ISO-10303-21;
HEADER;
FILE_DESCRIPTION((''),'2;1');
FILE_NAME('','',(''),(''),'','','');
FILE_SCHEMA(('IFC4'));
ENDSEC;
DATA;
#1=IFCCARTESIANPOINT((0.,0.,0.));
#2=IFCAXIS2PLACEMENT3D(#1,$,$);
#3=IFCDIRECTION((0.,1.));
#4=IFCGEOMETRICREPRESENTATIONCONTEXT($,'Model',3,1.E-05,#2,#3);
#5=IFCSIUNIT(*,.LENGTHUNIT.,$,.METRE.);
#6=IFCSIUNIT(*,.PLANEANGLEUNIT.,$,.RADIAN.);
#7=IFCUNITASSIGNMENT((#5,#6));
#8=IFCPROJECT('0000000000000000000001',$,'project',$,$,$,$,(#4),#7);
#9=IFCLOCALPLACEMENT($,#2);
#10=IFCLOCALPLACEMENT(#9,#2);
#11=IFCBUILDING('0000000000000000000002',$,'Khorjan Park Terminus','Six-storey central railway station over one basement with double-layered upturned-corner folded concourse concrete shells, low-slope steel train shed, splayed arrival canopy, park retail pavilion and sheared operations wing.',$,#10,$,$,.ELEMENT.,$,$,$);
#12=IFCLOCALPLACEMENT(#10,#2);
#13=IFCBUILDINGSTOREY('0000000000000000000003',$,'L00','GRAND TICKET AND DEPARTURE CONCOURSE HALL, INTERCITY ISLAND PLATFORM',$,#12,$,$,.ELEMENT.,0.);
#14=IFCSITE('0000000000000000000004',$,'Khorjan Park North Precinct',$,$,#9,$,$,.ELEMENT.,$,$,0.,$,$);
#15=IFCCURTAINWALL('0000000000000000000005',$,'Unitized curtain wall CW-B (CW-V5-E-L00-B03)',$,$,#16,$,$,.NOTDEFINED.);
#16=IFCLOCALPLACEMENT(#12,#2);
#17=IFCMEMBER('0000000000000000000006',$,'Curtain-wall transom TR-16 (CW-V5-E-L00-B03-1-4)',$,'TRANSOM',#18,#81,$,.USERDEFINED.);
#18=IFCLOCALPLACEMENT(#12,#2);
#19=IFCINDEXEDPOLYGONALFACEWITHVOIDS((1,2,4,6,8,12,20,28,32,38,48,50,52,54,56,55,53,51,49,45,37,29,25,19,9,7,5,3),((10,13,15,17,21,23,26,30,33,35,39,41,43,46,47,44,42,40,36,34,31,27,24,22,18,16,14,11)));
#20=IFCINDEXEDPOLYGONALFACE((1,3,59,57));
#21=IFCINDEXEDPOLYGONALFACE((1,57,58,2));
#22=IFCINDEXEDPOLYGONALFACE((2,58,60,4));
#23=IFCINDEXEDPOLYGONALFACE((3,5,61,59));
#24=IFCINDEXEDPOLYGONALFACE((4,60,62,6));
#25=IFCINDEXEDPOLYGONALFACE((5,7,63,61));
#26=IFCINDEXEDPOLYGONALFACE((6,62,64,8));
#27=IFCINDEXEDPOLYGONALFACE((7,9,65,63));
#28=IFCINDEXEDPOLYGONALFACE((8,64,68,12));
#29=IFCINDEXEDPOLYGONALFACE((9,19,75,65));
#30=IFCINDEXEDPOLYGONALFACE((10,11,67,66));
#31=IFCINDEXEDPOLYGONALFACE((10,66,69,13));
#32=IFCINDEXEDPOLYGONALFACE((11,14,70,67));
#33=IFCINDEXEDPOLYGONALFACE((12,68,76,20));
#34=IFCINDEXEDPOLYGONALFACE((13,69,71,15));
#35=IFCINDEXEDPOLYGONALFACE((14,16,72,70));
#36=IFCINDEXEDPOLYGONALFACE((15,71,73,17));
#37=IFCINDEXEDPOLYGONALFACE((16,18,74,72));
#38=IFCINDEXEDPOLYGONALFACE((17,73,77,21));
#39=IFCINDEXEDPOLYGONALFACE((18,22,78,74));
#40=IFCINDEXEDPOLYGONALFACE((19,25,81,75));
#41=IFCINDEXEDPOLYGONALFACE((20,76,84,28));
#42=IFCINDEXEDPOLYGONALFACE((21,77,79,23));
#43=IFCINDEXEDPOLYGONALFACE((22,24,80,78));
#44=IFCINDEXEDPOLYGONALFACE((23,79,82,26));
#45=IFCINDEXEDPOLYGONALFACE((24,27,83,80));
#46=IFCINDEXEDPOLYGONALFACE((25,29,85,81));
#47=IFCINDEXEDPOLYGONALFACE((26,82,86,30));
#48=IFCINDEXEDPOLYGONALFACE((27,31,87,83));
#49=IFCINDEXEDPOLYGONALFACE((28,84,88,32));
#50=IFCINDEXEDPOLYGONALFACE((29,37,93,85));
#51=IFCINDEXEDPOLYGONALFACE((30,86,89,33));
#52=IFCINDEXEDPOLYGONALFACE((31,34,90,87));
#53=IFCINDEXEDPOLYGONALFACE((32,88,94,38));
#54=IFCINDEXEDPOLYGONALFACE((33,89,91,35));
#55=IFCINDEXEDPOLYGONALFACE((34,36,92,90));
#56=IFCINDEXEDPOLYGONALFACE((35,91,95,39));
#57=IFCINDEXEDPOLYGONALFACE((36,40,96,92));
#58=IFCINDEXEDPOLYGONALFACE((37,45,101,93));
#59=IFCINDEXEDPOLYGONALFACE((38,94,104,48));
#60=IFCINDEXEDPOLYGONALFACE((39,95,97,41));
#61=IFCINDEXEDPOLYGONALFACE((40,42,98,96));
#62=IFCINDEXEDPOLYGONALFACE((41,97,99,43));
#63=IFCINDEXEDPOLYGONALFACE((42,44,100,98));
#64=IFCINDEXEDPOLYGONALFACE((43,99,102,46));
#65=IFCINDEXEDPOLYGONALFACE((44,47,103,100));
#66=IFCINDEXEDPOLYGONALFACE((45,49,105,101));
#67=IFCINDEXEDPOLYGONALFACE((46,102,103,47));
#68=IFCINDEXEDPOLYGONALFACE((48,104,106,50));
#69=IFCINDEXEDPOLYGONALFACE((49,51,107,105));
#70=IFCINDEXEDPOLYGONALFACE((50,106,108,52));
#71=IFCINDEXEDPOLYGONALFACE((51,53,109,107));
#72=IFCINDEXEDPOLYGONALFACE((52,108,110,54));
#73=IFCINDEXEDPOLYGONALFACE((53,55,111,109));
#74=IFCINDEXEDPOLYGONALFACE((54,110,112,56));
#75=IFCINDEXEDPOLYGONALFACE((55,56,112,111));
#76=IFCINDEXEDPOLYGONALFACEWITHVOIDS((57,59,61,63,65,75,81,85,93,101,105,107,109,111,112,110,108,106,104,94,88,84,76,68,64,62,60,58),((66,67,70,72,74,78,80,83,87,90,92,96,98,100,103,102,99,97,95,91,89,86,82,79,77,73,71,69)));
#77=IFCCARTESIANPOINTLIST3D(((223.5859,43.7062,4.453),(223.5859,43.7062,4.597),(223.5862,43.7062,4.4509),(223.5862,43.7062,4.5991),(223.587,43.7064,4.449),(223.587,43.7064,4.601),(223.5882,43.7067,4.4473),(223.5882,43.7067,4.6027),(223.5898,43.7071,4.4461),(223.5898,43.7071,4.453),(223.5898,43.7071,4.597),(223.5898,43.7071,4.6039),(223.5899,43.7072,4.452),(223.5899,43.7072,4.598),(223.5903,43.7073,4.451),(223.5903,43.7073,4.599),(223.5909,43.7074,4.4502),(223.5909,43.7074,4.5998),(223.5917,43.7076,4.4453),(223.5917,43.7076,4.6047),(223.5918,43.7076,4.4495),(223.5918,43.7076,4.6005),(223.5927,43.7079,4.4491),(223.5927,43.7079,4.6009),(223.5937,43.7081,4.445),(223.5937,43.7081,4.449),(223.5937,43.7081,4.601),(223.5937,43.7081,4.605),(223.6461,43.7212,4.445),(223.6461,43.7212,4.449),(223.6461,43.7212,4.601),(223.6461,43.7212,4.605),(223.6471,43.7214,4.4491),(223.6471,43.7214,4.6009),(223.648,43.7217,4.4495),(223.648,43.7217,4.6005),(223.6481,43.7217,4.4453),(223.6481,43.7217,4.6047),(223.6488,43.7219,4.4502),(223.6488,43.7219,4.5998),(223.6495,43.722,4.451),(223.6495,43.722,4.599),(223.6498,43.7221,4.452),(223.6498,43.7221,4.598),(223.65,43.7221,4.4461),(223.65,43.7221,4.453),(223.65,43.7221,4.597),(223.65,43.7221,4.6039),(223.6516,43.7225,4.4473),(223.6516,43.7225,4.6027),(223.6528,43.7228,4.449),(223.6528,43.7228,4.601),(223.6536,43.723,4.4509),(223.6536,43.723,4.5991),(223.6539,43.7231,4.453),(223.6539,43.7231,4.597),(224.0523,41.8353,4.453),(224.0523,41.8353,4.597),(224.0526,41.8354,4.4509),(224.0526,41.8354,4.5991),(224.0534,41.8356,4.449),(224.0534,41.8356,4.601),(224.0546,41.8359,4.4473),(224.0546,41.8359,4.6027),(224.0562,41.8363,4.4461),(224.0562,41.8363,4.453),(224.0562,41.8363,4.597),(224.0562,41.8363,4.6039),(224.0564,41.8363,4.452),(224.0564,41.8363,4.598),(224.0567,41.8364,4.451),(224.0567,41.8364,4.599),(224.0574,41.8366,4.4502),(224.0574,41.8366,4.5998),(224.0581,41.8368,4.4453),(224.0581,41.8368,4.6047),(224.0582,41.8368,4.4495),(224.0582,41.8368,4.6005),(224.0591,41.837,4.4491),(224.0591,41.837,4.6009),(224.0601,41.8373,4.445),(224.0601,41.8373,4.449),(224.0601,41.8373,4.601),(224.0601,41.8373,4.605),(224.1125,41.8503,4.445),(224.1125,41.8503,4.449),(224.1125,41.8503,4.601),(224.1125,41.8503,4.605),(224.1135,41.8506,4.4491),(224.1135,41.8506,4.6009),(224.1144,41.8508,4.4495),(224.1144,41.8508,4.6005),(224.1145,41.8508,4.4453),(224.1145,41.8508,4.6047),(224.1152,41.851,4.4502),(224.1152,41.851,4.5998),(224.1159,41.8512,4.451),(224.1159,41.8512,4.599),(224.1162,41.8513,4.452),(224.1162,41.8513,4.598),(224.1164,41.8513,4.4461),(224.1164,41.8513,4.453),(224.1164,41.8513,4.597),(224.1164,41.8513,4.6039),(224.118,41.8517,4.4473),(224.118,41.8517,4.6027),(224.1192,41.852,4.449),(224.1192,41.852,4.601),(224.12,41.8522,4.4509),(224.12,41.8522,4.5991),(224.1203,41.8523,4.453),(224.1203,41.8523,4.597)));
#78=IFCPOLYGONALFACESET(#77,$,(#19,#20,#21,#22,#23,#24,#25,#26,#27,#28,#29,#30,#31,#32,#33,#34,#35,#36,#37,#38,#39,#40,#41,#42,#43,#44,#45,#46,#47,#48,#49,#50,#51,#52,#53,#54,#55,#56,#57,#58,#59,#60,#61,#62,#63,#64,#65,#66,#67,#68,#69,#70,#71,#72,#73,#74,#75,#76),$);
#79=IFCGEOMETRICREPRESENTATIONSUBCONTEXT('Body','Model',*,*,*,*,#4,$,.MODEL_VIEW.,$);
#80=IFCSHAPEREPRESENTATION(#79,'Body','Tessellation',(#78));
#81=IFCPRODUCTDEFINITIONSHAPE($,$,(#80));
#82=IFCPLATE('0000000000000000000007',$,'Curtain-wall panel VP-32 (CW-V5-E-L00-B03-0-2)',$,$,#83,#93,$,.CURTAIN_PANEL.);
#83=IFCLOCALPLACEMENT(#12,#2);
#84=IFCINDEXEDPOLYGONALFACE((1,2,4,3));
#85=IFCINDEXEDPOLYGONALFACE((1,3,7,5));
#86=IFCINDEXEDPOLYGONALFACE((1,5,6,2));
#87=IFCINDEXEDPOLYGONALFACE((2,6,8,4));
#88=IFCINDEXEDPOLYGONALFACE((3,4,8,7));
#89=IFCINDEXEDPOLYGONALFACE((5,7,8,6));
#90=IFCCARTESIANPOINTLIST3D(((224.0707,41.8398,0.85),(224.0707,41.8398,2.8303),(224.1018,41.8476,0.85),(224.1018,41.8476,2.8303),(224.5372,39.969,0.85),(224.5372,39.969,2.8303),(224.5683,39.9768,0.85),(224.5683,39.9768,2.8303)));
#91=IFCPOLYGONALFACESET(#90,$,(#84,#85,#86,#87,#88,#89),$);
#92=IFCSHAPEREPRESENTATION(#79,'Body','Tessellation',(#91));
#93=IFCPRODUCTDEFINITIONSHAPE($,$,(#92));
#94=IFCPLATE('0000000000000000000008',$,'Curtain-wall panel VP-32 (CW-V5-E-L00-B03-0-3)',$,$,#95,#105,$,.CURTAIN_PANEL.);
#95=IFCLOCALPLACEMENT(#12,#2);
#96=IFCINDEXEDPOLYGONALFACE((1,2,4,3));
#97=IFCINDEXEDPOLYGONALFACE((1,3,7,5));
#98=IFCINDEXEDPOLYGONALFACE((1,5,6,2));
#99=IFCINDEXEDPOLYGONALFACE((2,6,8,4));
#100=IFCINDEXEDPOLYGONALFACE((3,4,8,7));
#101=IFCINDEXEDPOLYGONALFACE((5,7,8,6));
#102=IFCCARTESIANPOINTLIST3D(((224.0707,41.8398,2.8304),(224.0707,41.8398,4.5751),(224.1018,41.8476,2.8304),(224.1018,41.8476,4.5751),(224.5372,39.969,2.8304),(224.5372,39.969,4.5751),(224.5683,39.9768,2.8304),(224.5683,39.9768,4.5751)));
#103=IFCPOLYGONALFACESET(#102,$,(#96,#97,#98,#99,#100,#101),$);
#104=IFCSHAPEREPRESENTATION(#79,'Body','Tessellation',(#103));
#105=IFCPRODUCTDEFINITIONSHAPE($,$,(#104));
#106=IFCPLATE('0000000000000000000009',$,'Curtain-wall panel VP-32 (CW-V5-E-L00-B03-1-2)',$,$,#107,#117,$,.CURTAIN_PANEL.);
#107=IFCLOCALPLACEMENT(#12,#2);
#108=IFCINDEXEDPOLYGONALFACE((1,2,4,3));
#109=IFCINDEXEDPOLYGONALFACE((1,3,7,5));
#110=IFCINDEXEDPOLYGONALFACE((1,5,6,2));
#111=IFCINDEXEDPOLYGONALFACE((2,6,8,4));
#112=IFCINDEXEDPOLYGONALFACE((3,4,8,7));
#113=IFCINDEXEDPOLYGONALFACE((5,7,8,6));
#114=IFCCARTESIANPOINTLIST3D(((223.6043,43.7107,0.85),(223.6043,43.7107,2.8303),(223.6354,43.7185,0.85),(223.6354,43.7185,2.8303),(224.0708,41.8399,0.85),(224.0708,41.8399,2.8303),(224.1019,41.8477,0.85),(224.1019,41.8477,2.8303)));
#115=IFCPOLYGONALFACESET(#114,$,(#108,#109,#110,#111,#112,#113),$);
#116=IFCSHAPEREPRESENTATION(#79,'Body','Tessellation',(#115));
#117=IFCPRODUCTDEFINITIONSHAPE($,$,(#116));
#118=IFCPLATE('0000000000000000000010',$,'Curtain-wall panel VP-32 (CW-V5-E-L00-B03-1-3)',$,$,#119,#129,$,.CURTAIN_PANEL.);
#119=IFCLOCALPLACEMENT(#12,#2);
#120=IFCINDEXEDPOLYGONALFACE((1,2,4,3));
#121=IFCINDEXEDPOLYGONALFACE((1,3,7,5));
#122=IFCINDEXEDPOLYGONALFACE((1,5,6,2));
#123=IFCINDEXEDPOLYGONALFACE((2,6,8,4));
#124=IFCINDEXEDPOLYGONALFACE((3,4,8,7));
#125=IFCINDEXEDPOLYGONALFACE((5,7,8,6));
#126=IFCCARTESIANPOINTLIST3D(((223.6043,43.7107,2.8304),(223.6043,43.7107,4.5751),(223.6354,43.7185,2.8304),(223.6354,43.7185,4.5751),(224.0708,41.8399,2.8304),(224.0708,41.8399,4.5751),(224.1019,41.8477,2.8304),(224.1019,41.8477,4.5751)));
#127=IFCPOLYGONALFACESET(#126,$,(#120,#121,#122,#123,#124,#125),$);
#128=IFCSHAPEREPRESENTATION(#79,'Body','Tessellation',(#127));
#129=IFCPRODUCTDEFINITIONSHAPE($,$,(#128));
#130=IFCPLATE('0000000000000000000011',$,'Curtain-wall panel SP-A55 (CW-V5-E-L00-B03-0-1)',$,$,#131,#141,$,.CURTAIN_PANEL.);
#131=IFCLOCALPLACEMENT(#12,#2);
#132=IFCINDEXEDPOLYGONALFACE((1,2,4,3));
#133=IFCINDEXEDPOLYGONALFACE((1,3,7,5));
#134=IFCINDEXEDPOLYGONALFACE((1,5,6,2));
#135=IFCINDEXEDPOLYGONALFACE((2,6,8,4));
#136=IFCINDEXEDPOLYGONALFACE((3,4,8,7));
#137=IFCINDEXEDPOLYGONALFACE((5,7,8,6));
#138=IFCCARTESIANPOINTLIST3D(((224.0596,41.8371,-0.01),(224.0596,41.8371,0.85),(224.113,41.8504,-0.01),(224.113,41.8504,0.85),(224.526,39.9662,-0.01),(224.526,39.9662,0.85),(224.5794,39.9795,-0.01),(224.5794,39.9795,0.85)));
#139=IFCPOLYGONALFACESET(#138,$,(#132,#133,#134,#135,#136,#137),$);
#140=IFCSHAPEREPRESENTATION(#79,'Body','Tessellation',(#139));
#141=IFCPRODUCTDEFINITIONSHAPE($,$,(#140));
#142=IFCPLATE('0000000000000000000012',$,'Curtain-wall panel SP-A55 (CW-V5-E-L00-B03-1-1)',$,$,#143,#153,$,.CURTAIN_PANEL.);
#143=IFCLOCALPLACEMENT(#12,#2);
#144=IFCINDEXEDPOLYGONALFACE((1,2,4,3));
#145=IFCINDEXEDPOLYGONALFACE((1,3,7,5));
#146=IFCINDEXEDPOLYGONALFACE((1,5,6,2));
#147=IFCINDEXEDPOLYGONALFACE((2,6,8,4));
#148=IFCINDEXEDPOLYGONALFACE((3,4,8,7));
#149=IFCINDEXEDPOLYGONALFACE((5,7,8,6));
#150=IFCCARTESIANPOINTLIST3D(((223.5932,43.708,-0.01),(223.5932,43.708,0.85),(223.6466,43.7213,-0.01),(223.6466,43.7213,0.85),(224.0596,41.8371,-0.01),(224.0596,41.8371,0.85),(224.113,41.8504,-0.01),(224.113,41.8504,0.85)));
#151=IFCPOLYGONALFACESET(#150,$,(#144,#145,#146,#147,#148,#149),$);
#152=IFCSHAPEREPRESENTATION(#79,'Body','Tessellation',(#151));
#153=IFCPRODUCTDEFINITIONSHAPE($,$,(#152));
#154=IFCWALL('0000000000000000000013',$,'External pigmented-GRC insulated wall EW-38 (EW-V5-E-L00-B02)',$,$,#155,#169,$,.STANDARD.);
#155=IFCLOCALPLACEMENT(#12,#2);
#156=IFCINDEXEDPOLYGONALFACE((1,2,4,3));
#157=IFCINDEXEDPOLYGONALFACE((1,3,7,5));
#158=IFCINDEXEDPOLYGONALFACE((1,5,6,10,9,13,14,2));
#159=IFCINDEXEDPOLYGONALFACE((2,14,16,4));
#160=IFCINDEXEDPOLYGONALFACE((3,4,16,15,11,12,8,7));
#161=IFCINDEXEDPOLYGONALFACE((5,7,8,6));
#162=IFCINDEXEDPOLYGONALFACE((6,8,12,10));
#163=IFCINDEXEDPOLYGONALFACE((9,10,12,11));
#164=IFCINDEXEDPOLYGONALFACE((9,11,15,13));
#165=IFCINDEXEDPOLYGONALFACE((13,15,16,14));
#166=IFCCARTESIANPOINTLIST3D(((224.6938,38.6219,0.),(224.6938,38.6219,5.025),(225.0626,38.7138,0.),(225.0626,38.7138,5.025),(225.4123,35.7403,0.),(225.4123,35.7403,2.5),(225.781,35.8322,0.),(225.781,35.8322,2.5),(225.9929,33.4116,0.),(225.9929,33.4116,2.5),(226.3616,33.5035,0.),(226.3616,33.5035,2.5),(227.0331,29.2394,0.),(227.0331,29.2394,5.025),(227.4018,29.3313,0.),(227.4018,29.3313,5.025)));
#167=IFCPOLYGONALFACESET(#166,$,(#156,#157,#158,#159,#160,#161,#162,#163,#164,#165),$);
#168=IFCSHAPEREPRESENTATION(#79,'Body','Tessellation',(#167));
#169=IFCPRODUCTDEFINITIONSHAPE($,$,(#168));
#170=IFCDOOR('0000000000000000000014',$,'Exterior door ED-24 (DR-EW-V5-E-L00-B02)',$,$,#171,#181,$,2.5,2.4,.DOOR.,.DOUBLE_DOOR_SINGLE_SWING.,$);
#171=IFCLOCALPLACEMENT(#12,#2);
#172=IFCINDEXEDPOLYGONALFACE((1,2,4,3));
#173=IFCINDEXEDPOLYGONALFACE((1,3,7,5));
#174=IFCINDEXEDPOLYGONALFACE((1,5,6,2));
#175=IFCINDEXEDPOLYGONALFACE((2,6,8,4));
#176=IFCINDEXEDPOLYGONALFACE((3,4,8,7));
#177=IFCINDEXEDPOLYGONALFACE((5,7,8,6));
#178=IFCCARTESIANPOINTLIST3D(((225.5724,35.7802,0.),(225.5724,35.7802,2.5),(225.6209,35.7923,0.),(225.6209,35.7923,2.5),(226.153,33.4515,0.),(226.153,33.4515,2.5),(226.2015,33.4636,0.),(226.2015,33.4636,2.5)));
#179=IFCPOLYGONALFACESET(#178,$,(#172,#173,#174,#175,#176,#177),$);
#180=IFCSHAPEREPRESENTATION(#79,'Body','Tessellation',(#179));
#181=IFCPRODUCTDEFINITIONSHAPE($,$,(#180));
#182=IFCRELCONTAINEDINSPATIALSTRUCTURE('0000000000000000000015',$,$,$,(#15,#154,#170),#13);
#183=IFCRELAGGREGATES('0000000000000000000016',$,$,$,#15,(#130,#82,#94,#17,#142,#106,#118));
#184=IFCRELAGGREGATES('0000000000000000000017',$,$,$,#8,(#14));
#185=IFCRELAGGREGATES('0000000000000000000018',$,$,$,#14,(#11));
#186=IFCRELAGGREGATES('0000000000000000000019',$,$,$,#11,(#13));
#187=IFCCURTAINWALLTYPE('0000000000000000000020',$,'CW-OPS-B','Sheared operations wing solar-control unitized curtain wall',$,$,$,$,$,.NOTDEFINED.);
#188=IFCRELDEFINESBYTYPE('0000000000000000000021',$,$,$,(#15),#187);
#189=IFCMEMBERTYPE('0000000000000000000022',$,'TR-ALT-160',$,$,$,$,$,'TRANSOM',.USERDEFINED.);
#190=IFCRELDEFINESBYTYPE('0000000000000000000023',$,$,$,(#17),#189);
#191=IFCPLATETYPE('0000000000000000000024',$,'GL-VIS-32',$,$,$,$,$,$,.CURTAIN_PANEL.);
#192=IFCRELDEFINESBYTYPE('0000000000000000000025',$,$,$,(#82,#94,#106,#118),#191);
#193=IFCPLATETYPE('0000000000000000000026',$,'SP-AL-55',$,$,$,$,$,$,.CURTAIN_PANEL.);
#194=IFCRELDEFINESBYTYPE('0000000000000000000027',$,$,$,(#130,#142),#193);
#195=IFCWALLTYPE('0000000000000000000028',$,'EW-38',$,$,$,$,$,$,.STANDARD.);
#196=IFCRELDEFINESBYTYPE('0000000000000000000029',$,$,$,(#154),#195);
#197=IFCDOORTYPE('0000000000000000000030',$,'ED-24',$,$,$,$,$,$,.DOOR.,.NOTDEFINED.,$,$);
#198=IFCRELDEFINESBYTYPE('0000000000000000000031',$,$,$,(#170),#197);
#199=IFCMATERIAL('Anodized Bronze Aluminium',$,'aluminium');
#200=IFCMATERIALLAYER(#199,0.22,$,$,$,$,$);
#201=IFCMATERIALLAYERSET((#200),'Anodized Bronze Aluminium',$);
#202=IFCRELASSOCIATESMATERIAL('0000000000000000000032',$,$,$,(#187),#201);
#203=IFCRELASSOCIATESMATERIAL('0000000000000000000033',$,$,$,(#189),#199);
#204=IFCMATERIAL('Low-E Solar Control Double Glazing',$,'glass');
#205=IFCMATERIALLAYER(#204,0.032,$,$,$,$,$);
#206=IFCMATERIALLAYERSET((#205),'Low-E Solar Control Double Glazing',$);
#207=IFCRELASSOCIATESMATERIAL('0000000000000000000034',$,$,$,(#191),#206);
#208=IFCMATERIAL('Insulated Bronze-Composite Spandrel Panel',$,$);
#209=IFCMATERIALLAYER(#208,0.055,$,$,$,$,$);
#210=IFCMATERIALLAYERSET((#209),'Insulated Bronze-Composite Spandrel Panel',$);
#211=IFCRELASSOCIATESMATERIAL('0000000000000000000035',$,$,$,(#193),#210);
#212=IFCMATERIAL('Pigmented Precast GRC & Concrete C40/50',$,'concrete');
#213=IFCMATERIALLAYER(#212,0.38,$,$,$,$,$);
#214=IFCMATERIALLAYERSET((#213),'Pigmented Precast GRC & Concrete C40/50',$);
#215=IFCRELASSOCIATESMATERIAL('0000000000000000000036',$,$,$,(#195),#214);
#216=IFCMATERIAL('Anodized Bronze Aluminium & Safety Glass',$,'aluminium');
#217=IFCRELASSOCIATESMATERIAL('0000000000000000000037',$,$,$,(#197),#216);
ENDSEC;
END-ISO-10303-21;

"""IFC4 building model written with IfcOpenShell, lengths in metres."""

from ifc_helpers import new_model, si_unit, direction, frame, frame_2d, origin, origin_2d, place, context, subcontext, project, spatial, rectangle, hollow_rectangle, extrude, material, layer, layer_set, material_profile, profile_set, type_object, element, fill, aggregate, save


model = new_model("IFC4")

# Units and contexts
model_context = context("Model", 3, precision=1e-05, world=origin(), true_north=direction((0.0, 1.0)))
body_context = subcontext(model_context, "Body", "Model", "MODEL_VIEW")
ifc_project = project(units=[si_unit("LENGTHUNIT", "METRE"), si_unit("PLANEANGLEUNIT", "RADIAN")], contexts=[model_context])

# Site, building, storey
site_placement = place(None, origin())
site = spatial("IfcSite", under=ifc_project, at=site_placement, Name="Khorjan Park North Precinct", CompositionType="ELEMENT", RefElevation=0.0)
building_placement = place(site_placement, origin())
building = spatial("IfcBuilding", under=site, at=building_placement, Name="Khorjan Park Terminus", Description="Six-storey central railway station over one basement with double-layered upturned-corner folded concourse concrete shells, low-slope steel train shed, splayed arrival canopy, park retail pavilion and sheared operations wing.", CompositionType="ELEMENT")
storey_placement = place(building_placement, origin())
storey = spatial("IfcBuildingStorey", under=building, at=storey_placement, Name="L00", Description="GRAND TICKET AND DEPARTURE CONCOURSE HALL, INTERCITY ISLAND PLATFORM", CompositionType="ELEMENT", Elevation=0.0)

# Curtain wall, member, plates
ifc_material_1 = material(Name="Anodized Bronze Aluminium", Category="aluminium")
ifc_layer_1 = layer(ifc_material_1, 0.22)
ifc_layer_set_1 = layer_set([ifc_layer_1], Name="Anodized Bronze Aluminium")
curtain_wall_type = type_object("IfcCurtainWallType", Name="CW-OPS-B", Description="Sheared operations wing solar-control unitized curtain wall", PredefinedType="NOTDEFINED", material=ifc_layer_set_1)
curtain_wall_placement = place(storey_placement, origin())
curtain_wall = element("IfcCurtainWall", 1, at=curtain_wall_placement, inside=storey, type_object=curtain_wall_type, Name="Unitized curtain wall CW-B (CW-V5-E-L00-B03)", PredefinedType="NOTDEFINED")
ifc_material_profile_1 = material_profile(ifc_material_1, hollow_rectangle(XDim=0.07, YDim=0.16, WallThickness=0.004, InnerFilletRadius=0.004, OuterFilletRadius=0.008, at=origin_2d()), Name="ALT 70x160x4")
ifc_profile_set_1 = profile_set([ifc_material_profile_1], Name="Anodized Bronze Aluminium")
member_type_1 = type_object("IfcMemberType", Name="TR-ALT-160", ElementType="TRANSOM", PredefinedType="USERDEFINED", material=ifc_profile_set_1)
member_1_placement = place(storey_placement, frame((224.0863, 41.8438, 4.525), z_axis=(-0.241901, 0.970301, 0.0), x_axis=(-0.970301, -0.241901, 0.0)))
member_1 = element("IfcMember", 2, at=member_1_placement, type_object=member_type_1, Name="Curtain-wall transom TR-16 (CW-V5-E-L00-B03-1-4)", ObjectType="TRANSOM", PredefinedType="USERDEFINED", context=body_context, shape_type="SweptSolid", body=[
    extrude(hollow_rectangle(XDim=0.07, YDim=0.16, WallThickness=0.004, InnerFilletRadius=0.004, OuterFilletRadius=0.008, at=origin_2d()), origin(), (0.0, 0.0, 1.0), 1.9281),
])
ifc_material_2 = material(Name="Low-E Solar Control Double Glazing", Category="glass")
ifc_layer_2 = layer(ifc_material_2, 0.032)
ifc_layer_set_2 = layer_set([ifc_layer_2], Name="Low-E Solar Control Double Glazing")
plate_type_1 = type_object("IfcPlateType", Name="GL-VIS-32", PredefinedType="CURTAIN_PANEL", material=ifc_layer_set_2)
plate_1_placement = place(storey_placement, frame((224.3195, 40.9083, 0.85), z_axis=(0.0, 0.0, 1.0), x_axis=(-0.241923, 0.970295, 0.0)))
plate_1 = element("IfcPlate", 3, at=plate_1_placement, type_object=plate_type_1, Name="Curtain-wall panel VP-32 (CW-V5-E-L00-B03-0-2)", PredefinedType="CURTAIN_PANEL", context=body_context, shape_type="SweptSolid", body=[
    extrude(rectangle(XDim=1.9281, YDim=0.032, at=origin_2d()), origin(), (0.0, 0.0, 1.0), 1.9803),
])
plate_2_placement = place(storey_placement, frame((224.3195, 40.9083, 2.8304), z_axis=(0.0, 0.0, 1.0), x_axis=(-0.241923, 0.970295, 0.0)))
plate_2 = element("IfcPlate", 4, at=plate_2_placement, type_object=plate_type_1, Name="Curtain-wall panel VP-32 (CW-V5-E-L00-B03-0-3)", PredefinedType="CURTAIN_PANEL", context=body_context, shape_type="SweptSolid", body=[
    extrude(rectangle(XDim=1.9281, YDim=0.032, at=origin_2d()), origin(), (0.0, 0.0, 1.0), 1.7447),
])
plate_3_placement = place(storey_placement, frame((223.8531, 42.7792, 0.85), z_axis=(0.0, 0.0, 1.0), x_axis=(-0.241923, 0.970295, 0.0)))
plate_3 = element("IfcPlate", 5, at=plate_3_placement, type_object=plate_type_1, Name="Curtain-wall panel VP-32 (CW-V5-E-L00-B03-1-2)", PredefinedType="CURTAIN_PANEL", context=body_context, shape_type="SweptSolid", body=[
    extrude(rectangle(XDim=1.9281, YDim=0.032, at=origin_2d()), origin(), (0.0, 0.0, 1.0), 1.9803),
])
plate_4_placement = place(storey_placement, frame((223.8531, 42.7792, 2.8304), z_axis=(0.0, 0.0, 1.0), x_axis=(-0.241923, 0.970295, 0.0)))
plate_4 = element("IfcPlate", 6, at=plate_4_placement, type_object=plate_type_1, Name="Curtain-wall panel VP-32 (CW-V5-E-L00-B03-1-3)", PredefinedType="CURTAIN_PANEL", context=body_context, shape_type="SweptSolid", body=[
    extrude(rectangle(XDim=1.9281, YDim=0.032, at=origin_2d()), origin(), (0.0, 0.0, 1.0), 1.7447),
])
ifc_material_3 = material(Name="Insulated Bronze-Composite Spandrel Panel")
ifc_layer_3 = layer(ifc_material_3, 0.055)
ifc_layer_set_3 = layer_set([ifc_layer_3], Name="Insulated Bronze-Composite Spandrel Panel")
plate_type_2 = type_object("IfcPlateType", Name="SP-AL-55", PredefinedType="CURTAIN_PANEL", material=ifc_layer_set_3)
plate_5_placement = place(storey_placement, frame((224.3195, 40.9083, -0.01), z_axis=(0.0, 0.0, 1.0), x_axis=(-0.241923, 0.970295, 0.0)))
plate_5 = element("IfcPlate", 7, at=plate_5_placement, type_object=plate_type_2, Name="Curtain-wall panel SP-A55 (CW-V5-E-L00-B03-0-1)", PredefinedType="CURTAIN_PANEL", context=body_context, shape_type="SweptSolid", body=[
    extrude(rectangle(XDim=1.9281, YDim=0.055, at=origin_2d()), origin(), (0.0, 0.0, 1.0), 0.86),
])
plate_6_placement = place(storey_placement, frame((223.8531, 42.7792, -0.01), z_axis=(0.0, 0.0, 1.0), x_axis=(-0.241923, 0.970295, 0.0)))
plate_6 = element("IfcPlate", 8, at=plate_6_placement, type_object=plate_type_2, Name="Curtain-wall panel SP-A55 (CW-V5-E-L00-B03-1-1)", PredefinedType="CURTAIN_PANEL", context=body_context, shape_type="SweptSolid", body=[
    extrude(rectangle(XDim=1.9281, YDim=0.055, at=origin_2d()), origin(), (0.0, 0.0, 1.0), 0.86),
])
aggregate(curtain_wall, [plate_5, plate_1, plate_2, member_1, plate_6, plate_3, plate_4])

# Wall, opening, door
ifc_material_4 = material(Name="Pigmented Precast GRC & Concrete C40/50", Category="concrete")
ifc_layer_4 = layer(ifc_material_4, 0.38)
ifc_layer_set_4 = layer_set([ifc_layer_4], Name="Pigmented Precast GRC & Concrete C40/50")
wall_type = type_object("IfcWallType", Name="EW-38", PredefinedType="STANDARD", material=ifc_layer_set_4)
wall_placement = place(storey_placement, frame((227.2175, 29.2853, 0.0), z_axis=(0.0, 0.0, 1.0), x_axis=(-0.24192, 0.970296, 0.0)))
wall = element("IfcWall", 9, at=wall_placement, inside=storey, type_object=wall_type, Name="External pigmented-GRC insulated wall EW-38 (EW-V5-E-L00-B02)", PredefinedType="STANDARD", context=body_context, shape_type="SweptSolid", body=[
    extrude(rectangle(XDim=9.6697, YDim=0.38, at=frame_2d((4.8349, 0.0))), origin(), (0.0, 0.0, 1.0), 5.025),
])
opening_placement = place(wall_placement, frame((4.3, 0.0, 0.0)))
opening = element("IfcOpeningElement", 10, at=opening_placement, cuts=wall, PredefinedType="OPENING", context=body_context, shape_type="SweptSolid", body=[
    extrude(rectangle(XDim=2.4, YDim=2.5, at=frame_2d((1.2, 1.25))), frame((0.0, 0.2, 0.0), z_axis=(0.0, -1.0, 0.0), x_axis=(1.0, 0.0, 0.0)), (0.0, 0.0, 1.0), 0.4),
])
ifc_material_5 = material(Name="Anodized Bronze Aluminium & Safety Glass", Category="aluminium")
door_type = type_object("IfcDoorType", Name="ED-24", OperationType="NOTDEFINED", PredefinedType="DOOR", material=ifc_material_5)
door_placement = place(opening_placement, origin())
door = element("IfcDoor", 11, at=door_placement, inside=storey, type_object=door_type, Name="Exterior door ED-24 (DR-EW-V5-E-L00-B02)", OperationType="DOUBLE_DOOR_SINGLE_SWING", OverallHeight=2.5, OverallWidth=2.4, PredefinedType="DOOR", context=body_context, shape_type="SweptSolid", body=[
    extrude(rectangle(XDim=2.4, YDim=2.5, at=frame_2d((1.2, 1.25))), frame((0.0, 0.025, 0.0), z_axis=(0.0, -1.0, 0.0), x_axis=(1.0, 0.0, 0.0)), (0.0, 0.0, 1.0), 0.05),
])
fill(opening, door)

save(model, "model.ifc")
